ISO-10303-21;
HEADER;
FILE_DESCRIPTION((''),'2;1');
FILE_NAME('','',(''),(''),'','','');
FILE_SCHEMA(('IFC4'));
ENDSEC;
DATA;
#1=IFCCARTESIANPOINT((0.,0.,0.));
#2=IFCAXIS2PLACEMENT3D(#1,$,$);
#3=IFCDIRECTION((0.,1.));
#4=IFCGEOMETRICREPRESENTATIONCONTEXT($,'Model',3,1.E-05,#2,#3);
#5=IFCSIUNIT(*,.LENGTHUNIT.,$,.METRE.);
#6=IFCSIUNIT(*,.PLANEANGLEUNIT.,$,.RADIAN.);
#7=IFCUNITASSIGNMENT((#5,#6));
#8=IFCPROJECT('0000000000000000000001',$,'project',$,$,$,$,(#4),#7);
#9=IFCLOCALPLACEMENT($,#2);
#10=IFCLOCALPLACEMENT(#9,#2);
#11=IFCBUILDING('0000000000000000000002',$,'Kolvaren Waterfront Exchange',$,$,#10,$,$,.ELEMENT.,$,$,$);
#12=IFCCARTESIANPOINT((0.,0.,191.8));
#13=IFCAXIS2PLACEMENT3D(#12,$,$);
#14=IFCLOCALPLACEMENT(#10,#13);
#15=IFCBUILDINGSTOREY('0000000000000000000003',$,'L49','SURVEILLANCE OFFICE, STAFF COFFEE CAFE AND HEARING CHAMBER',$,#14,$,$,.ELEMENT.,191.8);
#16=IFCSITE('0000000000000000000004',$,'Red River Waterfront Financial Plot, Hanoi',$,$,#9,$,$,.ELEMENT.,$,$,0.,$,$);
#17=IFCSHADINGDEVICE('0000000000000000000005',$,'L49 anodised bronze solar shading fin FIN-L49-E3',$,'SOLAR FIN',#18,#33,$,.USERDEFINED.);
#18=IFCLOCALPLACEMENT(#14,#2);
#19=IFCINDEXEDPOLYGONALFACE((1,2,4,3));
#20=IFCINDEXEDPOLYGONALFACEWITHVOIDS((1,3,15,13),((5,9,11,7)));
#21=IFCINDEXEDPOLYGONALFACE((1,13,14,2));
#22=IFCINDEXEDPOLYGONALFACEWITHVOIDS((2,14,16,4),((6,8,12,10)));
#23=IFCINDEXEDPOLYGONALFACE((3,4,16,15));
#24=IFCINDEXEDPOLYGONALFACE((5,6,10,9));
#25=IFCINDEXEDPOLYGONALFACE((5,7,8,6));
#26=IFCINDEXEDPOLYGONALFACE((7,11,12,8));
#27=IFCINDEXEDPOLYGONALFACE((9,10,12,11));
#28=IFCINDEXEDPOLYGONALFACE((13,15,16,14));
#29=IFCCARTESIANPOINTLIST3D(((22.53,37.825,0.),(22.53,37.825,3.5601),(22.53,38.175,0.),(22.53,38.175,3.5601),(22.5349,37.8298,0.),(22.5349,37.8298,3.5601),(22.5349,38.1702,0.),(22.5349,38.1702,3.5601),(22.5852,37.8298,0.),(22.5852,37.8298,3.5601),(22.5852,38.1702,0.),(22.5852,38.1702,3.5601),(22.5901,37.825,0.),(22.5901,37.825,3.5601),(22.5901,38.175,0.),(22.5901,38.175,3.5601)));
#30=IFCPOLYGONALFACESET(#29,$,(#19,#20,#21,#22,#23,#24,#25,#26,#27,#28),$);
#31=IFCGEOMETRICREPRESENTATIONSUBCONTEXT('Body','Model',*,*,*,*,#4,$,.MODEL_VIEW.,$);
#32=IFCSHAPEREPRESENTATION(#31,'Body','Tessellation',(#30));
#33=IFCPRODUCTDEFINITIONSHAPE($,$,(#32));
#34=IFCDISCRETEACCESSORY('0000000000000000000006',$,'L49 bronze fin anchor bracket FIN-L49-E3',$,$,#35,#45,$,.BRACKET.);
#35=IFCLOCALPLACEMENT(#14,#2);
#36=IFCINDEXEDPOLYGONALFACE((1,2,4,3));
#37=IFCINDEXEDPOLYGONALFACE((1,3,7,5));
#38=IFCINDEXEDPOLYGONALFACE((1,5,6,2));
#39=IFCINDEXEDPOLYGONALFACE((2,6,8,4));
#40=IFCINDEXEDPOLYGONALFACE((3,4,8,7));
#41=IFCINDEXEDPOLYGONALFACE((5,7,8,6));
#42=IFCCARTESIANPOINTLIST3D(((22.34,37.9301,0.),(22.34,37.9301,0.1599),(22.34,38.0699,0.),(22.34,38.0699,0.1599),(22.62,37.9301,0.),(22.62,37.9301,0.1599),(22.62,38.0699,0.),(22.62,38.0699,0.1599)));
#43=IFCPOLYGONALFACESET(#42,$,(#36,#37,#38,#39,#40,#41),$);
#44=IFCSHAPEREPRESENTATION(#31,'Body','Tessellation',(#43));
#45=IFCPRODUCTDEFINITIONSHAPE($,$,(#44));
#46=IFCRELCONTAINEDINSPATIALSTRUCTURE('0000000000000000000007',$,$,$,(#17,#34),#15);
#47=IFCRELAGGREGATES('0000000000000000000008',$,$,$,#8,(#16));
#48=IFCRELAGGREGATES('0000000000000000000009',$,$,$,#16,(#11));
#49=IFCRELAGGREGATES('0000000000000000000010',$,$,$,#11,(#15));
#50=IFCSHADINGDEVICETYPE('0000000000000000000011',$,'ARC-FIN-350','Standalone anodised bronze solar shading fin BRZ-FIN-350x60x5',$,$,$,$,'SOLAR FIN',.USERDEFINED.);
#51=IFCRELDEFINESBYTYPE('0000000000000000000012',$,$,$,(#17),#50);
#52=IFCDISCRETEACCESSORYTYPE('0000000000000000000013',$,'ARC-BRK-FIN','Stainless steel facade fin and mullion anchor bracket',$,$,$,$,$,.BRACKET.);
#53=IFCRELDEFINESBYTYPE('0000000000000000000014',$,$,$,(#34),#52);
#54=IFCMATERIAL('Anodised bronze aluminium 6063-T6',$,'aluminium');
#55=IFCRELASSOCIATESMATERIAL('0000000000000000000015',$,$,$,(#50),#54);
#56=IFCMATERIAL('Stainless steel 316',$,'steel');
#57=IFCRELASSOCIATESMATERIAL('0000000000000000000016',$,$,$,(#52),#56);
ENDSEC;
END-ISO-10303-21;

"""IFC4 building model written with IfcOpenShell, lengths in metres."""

from ifc_helpers import new_model, si_unit, direction, frame, origin, origin_with_axes, origin_2d, place, context, subcontext, project, spatial, rectangle, hollow_rectangle, extrude, source, transform, mapped, material, material_profile, profile_set, type_object, element, save


model = new_model("IFC4")

# Units and contexts
model_context = context("Model", 3, precision=1e-05, world=origin(), true_north=direction((0.0, 1.0)))
body_context = subcontext(model_context, "Body", "Model", "MODEL_VIEW")
ifc_project = project(units=[si_unit("LENGTHUNIT", "METRE"), si_unit("PLANEANGLEUNIT", "RADIAN")], contexts=[model_context])

# Site, building, storey
site_placement = place(None, origin())
site = spatial("IfcSite", under=ifc_project, at=site_placement, Name="Red River Waterfront Financial Plot, Hanoi", CompositionType="ELEMENT", RefElevation=0.0)
building_placement = place(site_placement, origin())
building = spatial("IfcBuilding", under=site, at=building_placement, Name="Kolvaren Waterfront Exchange", CompositionType="ELEMENT")
storey_placement = place(building_placement, frame((0.0, 0.0, 191.8)))
storey = spatial("IfcBuildingStorey", under=building, at=storey_placement, Name="L49", Description="SURVEILLANCE OFFICE, STAFF COFFEE CAFE AND HEARING CHAMBER", CompositionType="ELEMENT", Elevation=191.8)

# Shared definitions
ifc_material_1 = material(Name="Anodised bronze aluminium 6063-T6", Category="aluminium")

# Shading device
ifc_material_profile_1 = material_profile(ifc_material_1, hollow_rectangle(XDim=0.0601, YDim=0.3501, WallThickness=0.0049, at=origin_2d()), Name="BRZ-FIN-350x60x5")
ifc_profile_set_1 = profile_set([ifc_material_profile_1], Name="Anodised bronze aluminium 6063-T6")
shading_device_type = type_object("IfcShadingDeviceType", Name="ARC-FIN-350", Description="Standalone anodised bronze solar shading fin BRZ-FIN-350x60x5", ElementType="SOLAR FIN", PredefinedType="USERDEFINED", material=ifc_profile_set_1)
shading_device_placement = place(storey_placement, frame((22.5601, 38.0, 0.0), z_axis=(0.0, 0.0, 1.0), x_axis=(1.0, 0.0, 0.0)))
element("IfcShadingDevice", 1, at=shading_device_placement, inside=storey, type_object=shading_device_type, Name="L49 anodised bronze solar shading fin FIN-L49-E3", ObjectType="SOLAR FIN", PredefinedType="USERDEFINED", context=body_context, shape_type="SweptSolid", body=[
    extrude(hollow_rectangle(XDim=0.0601, YDim=0.3501, WallThickness=0.0049, at=origin_2d()), origin(), (0.0, 0.0, 1.0), 3.5601),
])

# Discrete accessory
ifc_material_2 = material(Name="Stainless steel 316", Category="steel")
discrete_accessory_type = type_object("IfcDiscreteAccessoryType", Name="ARC-BRK-FIN", Description="Stainless steel facade fin and mullion anchor bracket", PredefinedType="BRACKET", material=ifc_material_2)
shared_shape_1 = source(origin_with_axes(), body_context, "Body", "SweptSolid", [
    extrude(rectangle(XDim=0.28, YDim=0.1399, at=origin_2d()), origin(), (0.0, 0.0, 1.0), 0.1599),
])
discrete_accessory_placement = place(storey_placement, frame((22.48, 38.0, 0.0), z_axis=(0.0, 0.0, 1.0), x_axis=(1.0, 0.0, 0.0)))
element("IfcDiscreteAccessory", 2, at=discrete_accessory_placement, inside=storey, type_object=discrete_accessory_type, Name="L49 bronze fin anchor bracket FIN-L49-E3", PredefinedType="BRACKET", context=body_context, shape_type="MappedRepresentation", body=[
    mapped(shared_shape_1, transform((0.0, 0.0, 0.0), x_axis=(1.0, 0.0, 0.0), y_axis=(0.0, 1.0, 0.0), z_axis=(0.0, 0.0, 1.0), scale=1.0)),
])

save(model, "model.ifc")
